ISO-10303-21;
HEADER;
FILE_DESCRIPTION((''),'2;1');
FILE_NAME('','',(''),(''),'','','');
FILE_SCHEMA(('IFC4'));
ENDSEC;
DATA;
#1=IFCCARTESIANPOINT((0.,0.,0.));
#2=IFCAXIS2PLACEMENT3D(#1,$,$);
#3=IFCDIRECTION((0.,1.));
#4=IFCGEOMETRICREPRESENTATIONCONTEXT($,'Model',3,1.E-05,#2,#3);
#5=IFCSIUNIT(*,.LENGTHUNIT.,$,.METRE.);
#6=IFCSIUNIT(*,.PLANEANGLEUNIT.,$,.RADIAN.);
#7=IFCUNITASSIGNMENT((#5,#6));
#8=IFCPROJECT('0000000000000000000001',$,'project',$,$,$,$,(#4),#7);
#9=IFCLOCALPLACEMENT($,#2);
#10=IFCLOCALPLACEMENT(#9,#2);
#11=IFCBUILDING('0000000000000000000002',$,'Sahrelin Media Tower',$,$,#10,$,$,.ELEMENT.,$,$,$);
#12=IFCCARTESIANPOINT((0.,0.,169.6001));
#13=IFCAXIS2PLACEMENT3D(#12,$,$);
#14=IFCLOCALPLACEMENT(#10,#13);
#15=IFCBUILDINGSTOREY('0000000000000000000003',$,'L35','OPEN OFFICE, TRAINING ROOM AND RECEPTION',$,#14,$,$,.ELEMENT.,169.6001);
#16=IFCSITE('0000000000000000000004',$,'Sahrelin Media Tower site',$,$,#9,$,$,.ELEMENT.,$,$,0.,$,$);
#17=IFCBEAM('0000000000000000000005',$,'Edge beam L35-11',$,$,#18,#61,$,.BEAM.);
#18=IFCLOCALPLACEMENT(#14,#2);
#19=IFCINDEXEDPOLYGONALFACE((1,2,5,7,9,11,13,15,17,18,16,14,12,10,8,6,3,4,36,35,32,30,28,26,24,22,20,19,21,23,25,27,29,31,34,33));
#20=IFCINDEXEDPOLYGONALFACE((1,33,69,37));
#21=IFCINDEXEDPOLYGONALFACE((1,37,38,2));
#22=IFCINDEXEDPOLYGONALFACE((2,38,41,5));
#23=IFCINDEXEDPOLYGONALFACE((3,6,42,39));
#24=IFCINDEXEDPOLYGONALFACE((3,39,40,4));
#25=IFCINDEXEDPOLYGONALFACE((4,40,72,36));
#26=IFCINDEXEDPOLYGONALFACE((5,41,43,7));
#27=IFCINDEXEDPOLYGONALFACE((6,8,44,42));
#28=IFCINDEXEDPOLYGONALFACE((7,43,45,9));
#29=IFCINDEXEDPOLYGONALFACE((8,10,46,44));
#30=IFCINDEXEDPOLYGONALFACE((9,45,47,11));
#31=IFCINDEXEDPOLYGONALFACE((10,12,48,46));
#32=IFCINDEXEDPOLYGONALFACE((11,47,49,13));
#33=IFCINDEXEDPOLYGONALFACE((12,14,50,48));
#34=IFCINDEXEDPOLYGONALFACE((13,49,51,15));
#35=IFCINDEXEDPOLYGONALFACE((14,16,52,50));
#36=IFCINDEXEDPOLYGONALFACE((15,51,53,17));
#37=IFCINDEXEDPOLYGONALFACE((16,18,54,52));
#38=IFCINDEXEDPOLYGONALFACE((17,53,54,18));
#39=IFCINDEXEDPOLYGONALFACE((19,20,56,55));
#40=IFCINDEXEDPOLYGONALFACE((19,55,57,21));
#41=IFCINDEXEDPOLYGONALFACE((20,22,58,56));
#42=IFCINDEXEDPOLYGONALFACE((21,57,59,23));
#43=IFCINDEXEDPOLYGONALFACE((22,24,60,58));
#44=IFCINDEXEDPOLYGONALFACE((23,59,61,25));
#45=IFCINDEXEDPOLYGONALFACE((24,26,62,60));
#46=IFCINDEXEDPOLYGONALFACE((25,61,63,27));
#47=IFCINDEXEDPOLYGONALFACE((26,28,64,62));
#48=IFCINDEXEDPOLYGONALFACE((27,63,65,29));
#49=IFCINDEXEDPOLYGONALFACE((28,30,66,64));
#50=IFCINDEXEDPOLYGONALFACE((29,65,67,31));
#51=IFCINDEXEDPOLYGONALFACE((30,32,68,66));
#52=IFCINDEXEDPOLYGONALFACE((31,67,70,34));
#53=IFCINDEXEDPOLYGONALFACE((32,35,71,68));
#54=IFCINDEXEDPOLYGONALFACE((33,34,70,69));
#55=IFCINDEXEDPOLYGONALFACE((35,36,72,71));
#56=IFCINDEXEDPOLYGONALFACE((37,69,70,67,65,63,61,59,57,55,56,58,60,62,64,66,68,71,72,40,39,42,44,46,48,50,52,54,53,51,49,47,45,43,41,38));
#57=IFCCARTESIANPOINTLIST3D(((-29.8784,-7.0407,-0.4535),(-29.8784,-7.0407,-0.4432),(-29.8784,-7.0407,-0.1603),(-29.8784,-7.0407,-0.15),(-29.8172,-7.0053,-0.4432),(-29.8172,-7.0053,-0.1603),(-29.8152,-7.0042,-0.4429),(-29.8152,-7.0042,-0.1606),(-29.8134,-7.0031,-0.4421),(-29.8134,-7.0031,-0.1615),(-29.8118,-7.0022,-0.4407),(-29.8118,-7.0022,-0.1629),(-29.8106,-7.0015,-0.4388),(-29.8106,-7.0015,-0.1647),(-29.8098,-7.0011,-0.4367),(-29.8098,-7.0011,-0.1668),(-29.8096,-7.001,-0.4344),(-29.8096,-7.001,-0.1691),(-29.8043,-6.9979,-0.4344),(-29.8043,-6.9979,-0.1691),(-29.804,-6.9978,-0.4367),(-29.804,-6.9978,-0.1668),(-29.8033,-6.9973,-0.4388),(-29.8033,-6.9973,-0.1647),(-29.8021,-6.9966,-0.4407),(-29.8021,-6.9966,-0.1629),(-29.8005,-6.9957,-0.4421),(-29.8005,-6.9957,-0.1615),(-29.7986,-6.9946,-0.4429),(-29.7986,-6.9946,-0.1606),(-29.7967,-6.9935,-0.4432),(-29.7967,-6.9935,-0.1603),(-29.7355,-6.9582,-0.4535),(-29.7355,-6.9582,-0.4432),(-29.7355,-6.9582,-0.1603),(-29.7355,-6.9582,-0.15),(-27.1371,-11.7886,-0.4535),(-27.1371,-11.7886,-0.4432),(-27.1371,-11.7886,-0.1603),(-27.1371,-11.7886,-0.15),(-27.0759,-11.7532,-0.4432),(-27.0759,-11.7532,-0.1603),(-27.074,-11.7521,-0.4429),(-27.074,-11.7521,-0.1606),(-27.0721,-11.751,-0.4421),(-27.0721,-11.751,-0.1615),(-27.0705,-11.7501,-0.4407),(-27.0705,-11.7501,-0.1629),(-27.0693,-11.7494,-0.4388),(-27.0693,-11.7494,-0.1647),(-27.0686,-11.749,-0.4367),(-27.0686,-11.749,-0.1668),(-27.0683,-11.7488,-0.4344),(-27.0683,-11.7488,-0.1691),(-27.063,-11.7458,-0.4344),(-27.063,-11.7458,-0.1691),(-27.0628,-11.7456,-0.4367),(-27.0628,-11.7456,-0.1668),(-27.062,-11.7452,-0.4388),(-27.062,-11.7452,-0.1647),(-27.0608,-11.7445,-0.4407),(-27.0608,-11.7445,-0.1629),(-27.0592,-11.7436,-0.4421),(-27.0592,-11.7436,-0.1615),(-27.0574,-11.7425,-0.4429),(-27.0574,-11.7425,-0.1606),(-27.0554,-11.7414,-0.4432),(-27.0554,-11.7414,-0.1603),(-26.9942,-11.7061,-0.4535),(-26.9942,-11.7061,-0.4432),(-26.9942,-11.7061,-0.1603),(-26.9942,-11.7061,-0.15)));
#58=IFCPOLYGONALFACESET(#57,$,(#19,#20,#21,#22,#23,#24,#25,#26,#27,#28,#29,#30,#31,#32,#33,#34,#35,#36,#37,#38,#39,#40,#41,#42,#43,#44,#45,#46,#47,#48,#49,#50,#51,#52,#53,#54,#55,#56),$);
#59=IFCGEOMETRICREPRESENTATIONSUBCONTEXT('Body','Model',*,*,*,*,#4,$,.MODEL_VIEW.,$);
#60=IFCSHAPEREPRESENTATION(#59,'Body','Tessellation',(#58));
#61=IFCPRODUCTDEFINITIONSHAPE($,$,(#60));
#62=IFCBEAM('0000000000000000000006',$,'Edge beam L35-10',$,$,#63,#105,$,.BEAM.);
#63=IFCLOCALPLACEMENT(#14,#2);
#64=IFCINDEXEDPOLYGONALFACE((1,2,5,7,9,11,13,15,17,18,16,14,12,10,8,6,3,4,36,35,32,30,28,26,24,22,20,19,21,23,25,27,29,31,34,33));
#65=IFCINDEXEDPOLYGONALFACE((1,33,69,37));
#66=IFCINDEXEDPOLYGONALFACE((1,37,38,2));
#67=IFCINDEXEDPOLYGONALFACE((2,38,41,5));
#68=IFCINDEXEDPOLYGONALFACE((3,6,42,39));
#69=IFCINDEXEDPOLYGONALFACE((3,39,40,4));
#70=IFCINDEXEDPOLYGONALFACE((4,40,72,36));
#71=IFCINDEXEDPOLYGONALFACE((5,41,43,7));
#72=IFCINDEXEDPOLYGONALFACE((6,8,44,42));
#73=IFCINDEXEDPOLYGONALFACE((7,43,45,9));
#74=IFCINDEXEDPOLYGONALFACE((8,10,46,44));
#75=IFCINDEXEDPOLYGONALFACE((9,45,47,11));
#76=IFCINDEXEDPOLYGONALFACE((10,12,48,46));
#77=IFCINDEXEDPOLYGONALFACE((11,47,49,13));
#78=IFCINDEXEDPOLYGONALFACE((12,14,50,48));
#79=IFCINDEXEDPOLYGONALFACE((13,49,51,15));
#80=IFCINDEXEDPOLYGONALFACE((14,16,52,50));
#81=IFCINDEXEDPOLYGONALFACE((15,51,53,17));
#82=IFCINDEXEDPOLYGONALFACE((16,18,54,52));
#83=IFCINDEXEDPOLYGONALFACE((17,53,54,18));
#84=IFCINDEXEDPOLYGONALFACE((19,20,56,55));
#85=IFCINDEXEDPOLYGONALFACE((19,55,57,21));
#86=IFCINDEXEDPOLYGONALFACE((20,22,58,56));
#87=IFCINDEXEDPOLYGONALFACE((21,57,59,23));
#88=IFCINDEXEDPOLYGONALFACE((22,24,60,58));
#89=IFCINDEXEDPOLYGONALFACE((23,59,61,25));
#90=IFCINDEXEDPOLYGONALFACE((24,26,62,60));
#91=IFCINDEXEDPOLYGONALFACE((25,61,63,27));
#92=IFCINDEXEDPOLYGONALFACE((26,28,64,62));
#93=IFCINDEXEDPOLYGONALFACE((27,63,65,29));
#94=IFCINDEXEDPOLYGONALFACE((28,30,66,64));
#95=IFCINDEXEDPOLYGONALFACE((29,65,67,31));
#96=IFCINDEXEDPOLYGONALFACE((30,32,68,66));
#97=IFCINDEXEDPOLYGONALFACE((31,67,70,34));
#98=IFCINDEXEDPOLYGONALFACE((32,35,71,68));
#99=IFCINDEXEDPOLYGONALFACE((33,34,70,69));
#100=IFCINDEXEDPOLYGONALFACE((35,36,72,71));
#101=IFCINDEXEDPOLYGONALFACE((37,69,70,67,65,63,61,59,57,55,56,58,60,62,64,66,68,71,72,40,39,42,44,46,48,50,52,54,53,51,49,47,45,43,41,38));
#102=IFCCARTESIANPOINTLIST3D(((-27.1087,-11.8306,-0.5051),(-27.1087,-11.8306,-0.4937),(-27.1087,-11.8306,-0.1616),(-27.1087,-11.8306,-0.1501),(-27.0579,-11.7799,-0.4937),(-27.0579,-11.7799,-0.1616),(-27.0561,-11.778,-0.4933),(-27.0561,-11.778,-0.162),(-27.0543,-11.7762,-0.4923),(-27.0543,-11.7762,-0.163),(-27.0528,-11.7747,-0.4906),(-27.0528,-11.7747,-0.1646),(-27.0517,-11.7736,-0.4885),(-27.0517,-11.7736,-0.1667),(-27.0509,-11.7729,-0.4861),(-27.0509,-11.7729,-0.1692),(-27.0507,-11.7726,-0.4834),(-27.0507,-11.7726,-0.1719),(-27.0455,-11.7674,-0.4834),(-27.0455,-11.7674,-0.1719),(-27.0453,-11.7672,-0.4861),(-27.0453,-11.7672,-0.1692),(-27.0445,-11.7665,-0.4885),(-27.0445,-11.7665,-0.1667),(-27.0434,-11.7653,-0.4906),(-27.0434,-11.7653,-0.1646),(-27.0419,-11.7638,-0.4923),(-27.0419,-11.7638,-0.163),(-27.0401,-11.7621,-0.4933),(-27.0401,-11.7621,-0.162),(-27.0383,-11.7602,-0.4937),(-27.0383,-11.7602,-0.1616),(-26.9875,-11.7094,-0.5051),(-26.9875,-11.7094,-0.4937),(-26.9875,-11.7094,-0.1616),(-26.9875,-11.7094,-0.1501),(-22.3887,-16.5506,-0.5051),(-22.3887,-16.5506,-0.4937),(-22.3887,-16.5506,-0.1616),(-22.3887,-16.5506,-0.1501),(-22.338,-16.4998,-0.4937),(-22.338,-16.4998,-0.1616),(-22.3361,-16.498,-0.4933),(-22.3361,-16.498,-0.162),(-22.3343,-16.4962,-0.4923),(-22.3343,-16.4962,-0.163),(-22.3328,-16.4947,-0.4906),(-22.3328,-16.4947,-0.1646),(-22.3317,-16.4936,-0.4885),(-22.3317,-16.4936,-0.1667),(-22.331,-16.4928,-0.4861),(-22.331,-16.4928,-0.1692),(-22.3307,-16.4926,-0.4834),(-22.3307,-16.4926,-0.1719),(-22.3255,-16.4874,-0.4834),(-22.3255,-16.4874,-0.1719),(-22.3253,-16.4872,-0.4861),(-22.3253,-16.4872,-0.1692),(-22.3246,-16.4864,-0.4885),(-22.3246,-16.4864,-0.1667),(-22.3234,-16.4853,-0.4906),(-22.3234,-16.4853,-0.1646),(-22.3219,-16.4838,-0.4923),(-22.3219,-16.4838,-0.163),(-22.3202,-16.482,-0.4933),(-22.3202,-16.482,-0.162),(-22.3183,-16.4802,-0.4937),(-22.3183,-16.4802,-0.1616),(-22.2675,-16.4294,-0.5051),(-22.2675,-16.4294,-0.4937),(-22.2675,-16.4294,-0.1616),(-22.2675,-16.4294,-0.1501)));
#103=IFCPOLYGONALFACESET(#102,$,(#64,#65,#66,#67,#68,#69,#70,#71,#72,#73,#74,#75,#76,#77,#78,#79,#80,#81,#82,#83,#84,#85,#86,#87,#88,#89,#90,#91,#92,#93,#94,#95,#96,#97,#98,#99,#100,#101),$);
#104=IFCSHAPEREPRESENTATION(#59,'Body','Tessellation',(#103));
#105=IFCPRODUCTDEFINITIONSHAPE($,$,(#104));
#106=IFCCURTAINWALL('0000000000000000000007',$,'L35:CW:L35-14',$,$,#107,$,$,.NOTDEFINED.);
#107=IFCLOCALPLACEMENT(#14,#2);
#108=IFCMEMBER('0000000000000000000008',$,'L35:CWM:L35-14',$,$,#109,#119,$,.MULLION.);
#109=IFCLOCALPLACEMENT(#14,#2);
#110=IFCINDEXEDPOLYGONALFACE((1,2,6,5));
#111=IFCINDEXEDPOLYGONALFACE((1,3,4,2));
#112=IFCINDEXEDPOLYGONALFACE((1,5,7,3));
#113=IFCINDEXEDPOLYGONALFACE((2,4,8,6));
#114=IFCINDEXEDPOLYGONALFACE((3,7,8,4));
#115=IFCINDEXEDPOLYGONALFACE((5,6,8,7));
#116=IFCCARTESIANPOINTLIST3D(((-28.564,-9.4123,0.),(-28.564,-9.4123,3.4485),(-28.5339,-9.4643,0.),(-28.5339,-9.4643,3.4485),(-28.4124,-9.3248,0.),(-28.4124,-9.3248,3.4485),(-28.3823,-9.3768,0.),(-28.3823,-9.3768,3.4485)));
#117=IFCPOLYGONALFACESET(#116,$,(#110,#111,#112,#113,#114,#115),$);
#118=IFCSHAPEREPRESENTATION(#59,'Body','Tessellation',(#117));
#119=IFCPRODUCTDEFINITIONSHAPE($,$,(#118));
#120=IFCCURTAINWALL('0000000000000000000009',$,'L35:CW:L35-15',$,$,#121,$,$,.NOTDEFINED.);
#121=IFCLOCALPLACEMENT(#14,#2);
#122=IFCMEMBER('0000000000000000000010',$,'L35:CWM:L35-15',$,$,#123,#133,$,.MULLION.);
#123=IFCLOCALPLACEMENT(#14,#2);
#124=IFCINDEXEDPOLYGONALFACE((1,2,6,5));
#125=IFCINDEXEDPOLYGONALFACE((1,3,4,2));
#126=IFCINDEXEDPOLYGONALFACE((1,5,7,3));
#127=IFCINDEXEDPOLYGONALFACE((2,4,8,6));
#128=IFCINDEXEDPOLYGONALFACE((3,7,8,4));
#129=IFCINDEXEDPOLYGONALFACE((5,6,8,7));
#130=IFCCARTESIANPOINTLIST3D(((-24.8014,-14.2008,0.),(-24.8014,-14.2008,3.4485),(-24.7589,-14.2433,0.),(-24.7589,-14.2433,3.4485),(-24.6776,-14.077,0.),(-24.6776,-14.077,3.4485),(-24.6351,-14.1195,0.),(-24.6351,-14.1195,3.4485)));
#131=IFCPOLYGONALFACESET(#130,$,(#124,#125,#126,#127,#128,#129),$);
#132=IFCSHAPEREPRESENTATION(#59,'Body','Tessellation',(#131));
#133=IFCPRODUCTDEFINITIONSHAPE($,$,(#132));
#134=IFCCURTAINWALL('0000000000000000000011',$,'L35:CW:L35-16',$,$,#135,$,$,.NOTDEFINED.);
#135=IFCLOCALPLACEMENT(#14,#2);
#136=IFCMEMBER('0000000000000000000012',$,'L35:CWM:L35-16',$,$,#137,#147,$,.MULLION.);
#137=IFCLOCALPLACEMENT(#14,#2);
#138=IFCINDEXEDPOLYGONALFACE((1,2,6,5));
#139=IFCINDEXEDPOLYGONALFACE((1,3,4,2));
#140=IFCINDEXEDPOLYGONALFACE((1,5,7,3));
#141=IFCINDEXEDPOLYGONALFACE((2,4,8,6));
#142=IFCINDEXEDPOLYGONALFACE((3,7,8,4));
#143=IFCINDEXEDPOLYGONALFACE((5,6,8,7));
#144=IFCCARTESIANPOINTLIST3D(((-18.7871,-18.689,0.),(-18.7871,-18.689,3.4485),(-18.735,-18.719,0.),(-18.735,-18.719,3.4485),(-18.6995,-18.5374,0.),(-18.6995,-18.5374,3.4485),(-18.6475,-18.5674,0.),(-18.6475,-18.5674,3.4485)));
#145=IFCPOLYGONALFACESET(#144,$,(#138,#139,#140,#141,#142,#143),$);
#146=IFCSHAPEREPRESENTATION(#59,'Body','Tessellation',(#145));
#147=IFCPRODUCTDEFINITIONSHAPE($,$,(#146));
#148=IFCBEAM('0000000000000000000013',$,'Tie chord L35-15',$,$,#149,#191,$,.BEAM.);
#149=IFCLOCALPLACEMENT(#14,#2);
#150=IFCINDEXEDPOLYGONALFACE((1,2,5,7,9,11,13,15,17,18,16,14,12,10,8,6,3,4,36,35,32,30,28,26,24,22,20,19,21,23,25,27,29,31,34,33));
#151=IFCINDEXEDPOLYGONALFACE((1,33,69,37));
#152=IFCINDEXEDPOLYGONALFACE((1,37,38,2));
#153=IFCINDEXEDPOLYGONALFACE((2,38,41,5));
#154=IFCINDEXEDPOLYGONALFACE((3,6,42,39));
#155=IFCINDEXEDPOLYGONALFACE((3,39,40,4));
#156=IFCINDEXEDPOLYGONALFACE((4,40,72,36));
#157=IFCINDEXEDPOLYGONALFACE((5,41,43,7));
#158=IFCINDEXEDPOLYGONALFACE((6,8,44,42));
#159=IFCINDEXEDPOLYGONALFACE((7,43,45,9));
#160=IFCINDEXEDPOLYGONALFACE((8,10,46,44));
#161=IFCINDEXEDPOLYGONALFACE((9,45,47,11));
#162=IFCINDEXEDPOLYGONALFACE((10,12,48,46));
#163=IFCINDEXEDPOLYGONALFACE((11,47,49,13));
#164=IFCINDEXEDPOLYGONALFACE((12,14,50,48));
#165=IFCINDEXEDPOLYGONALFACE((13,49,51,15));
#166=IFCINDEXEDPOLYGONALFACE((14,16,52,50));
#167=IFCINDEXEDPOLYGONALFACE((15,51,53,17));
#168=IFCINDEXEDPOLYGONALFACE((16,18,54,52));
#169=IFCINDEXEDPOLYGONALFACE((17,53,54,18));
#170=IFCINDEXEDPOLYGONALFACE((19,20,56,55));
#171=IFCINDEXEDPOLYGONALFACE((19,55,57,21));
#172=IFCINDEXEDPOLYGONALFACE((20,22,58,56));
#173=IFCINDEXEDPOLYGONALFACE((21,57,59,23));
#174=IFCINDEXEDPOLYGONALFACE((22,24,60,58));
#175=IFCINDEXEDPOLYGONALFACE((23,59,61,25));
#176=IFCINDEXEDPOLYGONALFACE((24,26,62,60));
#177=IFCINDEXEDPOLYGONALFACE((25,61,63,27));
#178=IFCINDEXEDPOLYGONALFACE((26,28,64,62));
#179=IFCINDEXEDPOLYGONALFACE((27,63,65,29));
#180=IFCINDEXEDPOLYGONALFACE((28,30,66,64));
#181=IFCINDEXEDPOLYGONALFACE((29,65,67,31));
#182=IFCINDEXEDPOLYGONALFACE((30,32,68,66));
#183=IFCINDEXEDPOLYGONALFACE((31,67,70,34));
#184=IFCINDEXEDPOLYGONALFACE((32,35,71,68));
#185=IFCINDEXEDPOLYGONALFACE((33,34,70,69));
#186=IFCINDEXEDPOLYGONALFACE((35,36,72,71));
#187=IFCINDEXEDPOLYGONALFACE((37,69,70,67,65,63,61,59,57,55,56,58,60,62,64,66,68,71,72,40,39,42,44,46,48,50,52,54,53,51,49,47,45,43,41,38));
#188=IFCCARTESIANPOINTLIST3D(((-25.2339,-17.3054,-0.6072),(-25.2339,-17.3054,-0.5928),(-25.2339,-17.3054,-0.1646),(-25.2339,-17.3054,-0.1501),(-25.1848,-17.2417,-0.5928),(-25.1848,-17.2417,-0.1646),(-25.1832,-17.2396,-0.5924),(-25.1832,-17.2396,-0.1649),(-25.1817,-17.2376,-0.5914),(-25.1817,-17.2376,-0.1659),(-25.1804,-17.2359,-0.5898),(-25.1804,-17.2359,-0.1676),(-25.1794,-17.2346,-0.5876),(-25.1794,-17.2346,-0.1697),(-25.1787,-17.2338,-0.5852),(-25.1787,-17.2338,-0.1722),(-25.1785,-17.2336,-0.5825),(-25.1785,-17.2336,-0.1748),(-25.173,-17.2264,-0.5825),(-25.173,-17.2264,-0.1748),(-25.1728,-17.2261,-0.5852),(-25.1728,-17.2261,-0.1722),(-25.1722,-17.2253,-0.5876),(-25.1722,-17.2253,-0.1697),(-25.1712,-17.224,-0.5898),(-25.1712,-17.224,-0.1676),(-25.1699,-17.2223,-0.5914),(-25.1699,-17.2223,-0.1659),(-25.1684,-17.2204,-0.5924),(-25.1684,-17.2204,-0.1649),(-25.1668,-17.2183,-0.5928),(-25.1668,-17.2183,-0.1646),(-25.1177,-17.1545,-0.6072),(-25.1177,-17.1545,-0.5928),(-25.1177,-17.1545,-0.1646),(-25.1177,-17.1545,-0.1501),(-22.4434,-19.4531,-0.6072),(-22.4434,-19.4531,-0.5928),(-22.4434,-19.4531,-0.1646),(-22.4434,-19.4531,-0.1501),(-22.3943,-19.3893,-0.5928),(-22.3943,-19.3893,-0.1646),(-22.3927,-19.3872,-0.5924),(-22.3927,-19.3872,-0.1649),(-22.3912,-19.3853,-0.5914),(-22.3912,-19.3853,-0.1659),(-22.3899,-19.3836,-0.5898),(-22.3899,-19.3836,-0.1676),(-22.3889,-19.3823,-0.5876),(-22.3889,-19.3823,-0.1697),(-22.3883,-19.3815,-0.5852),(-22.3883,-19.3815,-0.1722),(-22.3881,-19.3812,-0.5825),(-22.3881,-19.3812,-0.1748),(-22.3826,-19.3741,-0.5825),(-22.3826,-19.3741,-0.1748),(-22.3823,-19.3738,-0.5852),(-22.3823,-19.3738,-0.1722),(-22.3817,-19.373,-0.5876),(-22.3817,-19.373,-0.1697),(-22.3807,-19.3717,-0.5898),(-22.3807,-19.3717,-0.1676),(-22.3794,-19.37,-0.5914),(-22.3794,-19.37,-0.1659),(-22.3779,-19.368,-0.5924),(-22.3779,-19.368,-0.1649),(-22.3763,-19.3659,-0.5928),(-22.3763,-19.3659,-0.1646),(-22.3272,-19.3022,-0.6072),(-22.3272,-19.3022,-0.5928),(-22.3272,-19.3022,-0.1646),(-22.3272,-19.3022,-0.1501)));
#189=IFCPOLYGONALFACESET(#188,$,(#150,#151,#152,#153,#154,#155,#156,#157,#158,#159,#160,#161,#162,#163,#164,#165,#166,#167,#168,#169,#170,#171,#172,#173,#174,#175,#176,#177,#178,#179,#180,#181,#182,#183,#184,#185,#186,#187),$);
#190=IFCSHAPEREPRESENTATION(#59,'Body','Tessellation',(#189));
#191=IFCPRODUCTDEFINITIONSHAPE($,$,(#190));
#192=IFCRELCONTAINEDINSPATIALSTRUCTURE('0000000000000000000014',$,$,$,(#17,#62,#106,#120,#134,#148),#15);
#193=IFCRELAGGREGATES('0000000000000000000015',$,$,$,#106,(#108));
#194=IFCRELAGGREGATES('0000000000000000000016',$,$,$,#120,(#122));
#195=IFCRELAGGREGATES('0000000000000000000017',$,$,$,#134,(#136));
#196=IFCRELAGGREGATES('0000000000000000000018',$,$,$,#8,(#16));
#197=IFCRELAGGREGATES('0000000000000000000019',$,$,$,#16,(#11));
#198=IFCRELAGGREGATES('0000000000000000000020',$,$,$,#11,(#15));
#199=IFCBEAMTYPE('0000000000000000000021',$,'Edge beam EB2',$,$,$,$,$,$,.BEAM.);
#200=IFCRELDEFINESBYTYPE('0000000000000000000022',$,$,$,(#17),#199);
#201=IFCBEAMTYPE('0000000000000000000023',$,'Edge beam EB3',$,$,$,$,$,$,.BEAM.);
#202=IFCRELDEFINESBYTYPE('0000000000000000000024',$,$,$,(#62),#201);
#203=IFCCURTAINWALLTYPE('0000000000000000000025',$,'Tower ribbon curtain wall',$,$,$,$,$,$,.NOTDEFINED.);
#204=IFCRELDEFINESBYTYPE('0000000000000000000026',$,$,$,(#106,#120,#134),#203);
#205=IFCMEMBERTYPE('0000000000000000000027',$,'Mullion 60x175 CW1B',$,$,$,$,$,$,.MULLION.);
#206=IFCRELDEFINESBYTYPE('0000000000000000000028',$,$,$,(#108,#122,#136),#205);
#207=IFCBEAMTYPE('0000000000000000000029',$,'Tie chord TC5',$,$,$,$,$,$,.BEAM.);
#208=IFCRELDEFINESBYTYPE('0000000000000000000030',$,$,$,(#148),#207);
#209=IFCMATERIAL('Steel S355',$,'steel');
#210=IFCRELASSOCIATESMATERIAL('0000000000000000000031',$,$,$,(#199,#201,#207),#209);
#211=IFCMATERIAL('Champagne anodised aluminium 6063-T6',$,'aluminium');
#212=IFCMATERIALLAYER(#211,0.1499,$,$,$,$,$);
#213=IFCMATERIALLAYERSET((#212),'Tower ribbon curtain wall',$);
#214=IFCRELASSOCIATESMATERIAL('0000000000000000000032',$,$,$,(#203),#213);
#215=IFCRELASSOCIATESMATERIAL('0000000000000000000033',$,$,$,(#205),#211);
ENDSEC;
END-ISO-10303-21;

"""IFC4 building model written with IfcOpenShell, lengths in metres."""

from ifc_helpers import new_model, si_unit, direction, frame, origin, origin_2d, place, context, subcontext, project, spatial, rectangle, i_section, extrude, material, layer, layer_set, material_profile, profile_set, type_object, element, aggregate, save


model = new_model("IFC4")

# Units and contexts
model_context = context("Model", 3, precision=1e-05, world=origin(), true_north=direction((0.0, 1.0)))
body_context = subcontext(model_context, "Body", "Model", "MODEL_VIEW")
ifc_project = project(units=[si_unit("LENGTHUNIT", "METRE"), si_unit("PLANEANGLEUNIT", "RADIAN")], contexts=[model_context])

# Site, building, storey
site_placement = place(None, origin())
site = spatial("IfcSite", under=ifc_project, at=site_placement, Name="Sahrelin Media Tower site", CompositionType="ELEMENT", RefElevation=0.0)
building_placement = place(site_placement, origin())
building = spatial("IfcBuilding", under=site, at=building_placement, Name="Sahrelin Media Tower", CompositionType="ELEMENT")
storey_placement = place(building_placement, frame((0.0, 0.0, 169.6001)))
storey = spatial("IfcBuildingStorey", under=building, at=storey_placement, Name="L35", Description="OPEN OFFICE, TRAINING ROOM AND RECEPTION", CompositionType="ELEMENT", Elevation=169.6001)

# Beams
ifc_material_1 = material(Name="Steel S355", Category="steel")
ifc_material_profile_1 = material_profile(ifc_material_1, i_section(OverallWidth=0.165, OverallDepth=0.3035, WebThickness=0.0061, FlangeThickness=0.0103, FilletRadius=0.0088, at=origin_2d()), Name="UB 305x165x40")
ifc_profile_set_1 = profile_set([ifc_material_profile_1], Name="Steel S355")
beam_type_1 = type_object("IfcBeamType", Name="Edge beam EB2", PredefinedType="BEAM", material=ifc_profile_set_1)
beam_1_placement = place(storey_placement, frame((-27.0657, -11.7473, -0.3018), z_axis=(-0.500009, 0.86602, 0.0), x_axis=(-0.86602, -0.500009, 0.0)))
element("IfcBeam", 1, at=beam_1_placement, inside=storey, type_object=beam_type_1, Name="Edge beam L35-11", PredefinedType="BEAM", context=body_context, shape_type="SweptSolid", body=[
    extrude(i_section(OverallWidth=0.165, OverallDepth=0.3035, WebThickness=0.0061, FlangeThickness=0.0103, FilletRadius=0.0088, at=origin_2d()), origin(), (0.0, 0.0, 1.0), 5.4824),
])
ifc_material_profile_2 = material_profile(ifc_material_1, i_section(OverallWidth=0.1714, OverallDepth=0.355, WebThickness=0.0073, FlangeThickness=0.0115, FilletRadius=0.0103, at=origin_2d()), Name="UB 356x171x51")
ifc_profile_set_2 = profile_set([ifc_material_profile_2], Name="Steel S355")
beam_type_2 = type_object("IfcBeamType", Name="Edge beam EB3", PredefinedType="BEAM", material=ifc_profile_set_2)
beam_2_placement = place(storey_placement, frame((-22.3281, -16.49, -0.3276), z_axis=(-0.707107, 0.707107, 0.0), x_axis=(-0.707107, -0.707107, 0.0)))
element("IfcBeam", 2, at=beam_2_placement, inside=storey, type_object=beam_type_2, Name="Edge beam L35-10", PredefinedType="BEAM", context=body_context, shape_type="SweptSolid", body=[
    extrude(i_section(OverallWidth=0.1714, OverallDepth=0.355, WebThickness=0.0073, FlangeThickness=0.0115, FilletRadius=0.0103, at=origin_2d()), origin(), (0.0, 0.0, 1.0), 6.675),
])

# Curtain walls, members
ifc_material_2 = material(Name="Champagne anodised aluminium 6063-T6", Category="aluminium")
ifc_layer_1 = layer(ifc_material_2, 0.1499)
ifc_layer_set_1 = layer_set([ifc_layer_1], Name="Tower ribbon curtain wall")
curtain_wall_type = type_object("IfcCurtainWallType", Name="Tower ribbon curtain wall", PredefinedType="NOTDEFINED", material=ifc_layer_set_1)
curtain_wall_1_placement = place(storey_placement, frame((-28.5662, -9.4482, 0.0), z_axis=(0.0, 0.0, 1.0), x_axis=(1.0, 0.0, 0.0)))
curtain_wall_1 = element("IfcCurtainWall", 3, at=curtain_wall_1_placement, inside=storey, type_object=curtain_wall_type, Name="L35:CW:L35-14", PredefinedType="NOTDEFINED")
ifc_material_profile_3 = material_profile(ifc_material_2, rectangle(XDim=0.0601, YDim=0.175, at=origin_2d()), Name="Mullion 60x175")
ifc_profile_set_3 = profile_set([ifc_material_profile_3], Name="Champagne anodised aluminium 6063-T6")
member_type_1 = type_object("IfcMemberType", Name="Mullion 60x175 CW1B", PredefinedType="MULLION", material=ifc_profile_set_3)
member_1_placement = place(storey_placement, frame((-28.4731, -9.3945, 0.0), z_axis=(0.0, 0.0, 1.0), x_axis=(0.500009, -0.86602, 0.0)))
member_1 = element("IfcMember", 4, at=member_1_placement, type_object=member_type_1, Name="L35:CWM:L35-14", PredefinedType="MULLION", context=body_context, shape_type="SweptSolid", body=[
    extrude(rectangle(XDim=0.0601, YDim=0.175, at=origin_2d()), origin(), (0.0, 0.0, 1.0), 3.4485),
])
aggregate(curtain_wall_1, [member_1])
curtain_wall_2_placement = place(storey_placement, frame((-24.7942, -14.2361, 0.0), z_axis=(0.0, 0.0, 1.0), x_axis=(1.0, 0.0, 0.0)))
curtain_wall_2 = element("IfcCurtainWall", 5, at=curtain_wall_2_placement, inside=storey, type_object=curtain_wall_type, Name="L35:CW:L35-15", PredefinedType="NOTDEFINED")
member_2_placement = place(storey_placement, frame((-24.7183, -14.1602, 0.0), z_axis=(0.0, 0.0, 1.0), x_axis=(0.707107, -0.707107, 0.0)))
member_2 = element("IfcMember", 6, at=member_2_placement, type_object=member_type_1, Name="L35:CWM:L35-15", PredefinedType="MULLION", context=body_context, shape_type="SweptSolid", body=[
    extrude(rectangle(XDim=0.0601, YDim=0.175, at=origin_2d()), origin(), (0.0, 0.0, 1.0), 3.4485),
])
curtain_wall_3_placement = place(storey_placement, frame((-18.771, -18.7212, 0.0), z_axis=(0.0, 0.0, 1.0), x_axis=(1.0, 0.0, 0.0)))
curtain_wall_3 = element("IfcCurtainWall", 7, at=curtain_wall_3_placement, inside=storey, type_object=curtain_wall_type, Name="L35:CW:L35-16", PredefinedType="NOTDEFINED")
member_3_placement = place(storey_placement, frame((-18.7173, -18.6282, 0.0), z_axis=(0.0, 0.0, 1.0), x_axis=(0.866028, -0.499995, 0.0)))
member_3 = element("IfcMember", 8, at=member_3_placement, type_object=member_type_1, Name="L35:CWM:L35-16", PredefinedType="MULLION", context=body_context, shape_type="SweptSolid", body=[
    extrude(rectangle(XDim=0.0601, YDim=0.175, at=origin_2d()), origin(), (0.0, 0.0, 1.0), 3.4485),
])

# Beam
ifc_material_profile_4 = material_profile(ifc_material_1, i_section(OverallWidth=0.1904, OverallDepth=0.457, WebThickness=0.009, FlangeThickness=0.0144, FilletRadius=0.0103, at=origin_2d()), Name="UB 457x191x74")
ifc_profile_set_4 = profile_set([ifc_material_profile_4], Name="Steel S355")
beam_type_3 = type_object("IfcBeamType", Name="Tie chord TC5", PredefinedType="BEAM", material=ifc_profile_set_4)
beam_3_placement = place(storey_placement, frame((-25.1758, -17.23, -0.3787), z_axis=(0.792467, -0.609915, 0.0), x_axis=(0.609915, 0.792467, 0.0)))
element("IfcBeam", 9, at=beam_3_placement, inside=storey, type_object=beam_type_3, Name="Tie chord L35-15", PredefinedType="BEAM", context=body_context, shape_type="SweptSolid", body=[
    extrude(i_section(OverallWidth=0.1904, OverallDepth=0.457, WebThickness=0.009, FlangeThickness=0.0144, FilletRadius=0.0103, at=origin_2d()), origin(), (0.0, 0.0, 1.0), 3.5212),
])

aggregate(curtain_wall_2, [member_2])
aggregate(curtain_wall_3, [member_3])

save(model, "model.ifc")
